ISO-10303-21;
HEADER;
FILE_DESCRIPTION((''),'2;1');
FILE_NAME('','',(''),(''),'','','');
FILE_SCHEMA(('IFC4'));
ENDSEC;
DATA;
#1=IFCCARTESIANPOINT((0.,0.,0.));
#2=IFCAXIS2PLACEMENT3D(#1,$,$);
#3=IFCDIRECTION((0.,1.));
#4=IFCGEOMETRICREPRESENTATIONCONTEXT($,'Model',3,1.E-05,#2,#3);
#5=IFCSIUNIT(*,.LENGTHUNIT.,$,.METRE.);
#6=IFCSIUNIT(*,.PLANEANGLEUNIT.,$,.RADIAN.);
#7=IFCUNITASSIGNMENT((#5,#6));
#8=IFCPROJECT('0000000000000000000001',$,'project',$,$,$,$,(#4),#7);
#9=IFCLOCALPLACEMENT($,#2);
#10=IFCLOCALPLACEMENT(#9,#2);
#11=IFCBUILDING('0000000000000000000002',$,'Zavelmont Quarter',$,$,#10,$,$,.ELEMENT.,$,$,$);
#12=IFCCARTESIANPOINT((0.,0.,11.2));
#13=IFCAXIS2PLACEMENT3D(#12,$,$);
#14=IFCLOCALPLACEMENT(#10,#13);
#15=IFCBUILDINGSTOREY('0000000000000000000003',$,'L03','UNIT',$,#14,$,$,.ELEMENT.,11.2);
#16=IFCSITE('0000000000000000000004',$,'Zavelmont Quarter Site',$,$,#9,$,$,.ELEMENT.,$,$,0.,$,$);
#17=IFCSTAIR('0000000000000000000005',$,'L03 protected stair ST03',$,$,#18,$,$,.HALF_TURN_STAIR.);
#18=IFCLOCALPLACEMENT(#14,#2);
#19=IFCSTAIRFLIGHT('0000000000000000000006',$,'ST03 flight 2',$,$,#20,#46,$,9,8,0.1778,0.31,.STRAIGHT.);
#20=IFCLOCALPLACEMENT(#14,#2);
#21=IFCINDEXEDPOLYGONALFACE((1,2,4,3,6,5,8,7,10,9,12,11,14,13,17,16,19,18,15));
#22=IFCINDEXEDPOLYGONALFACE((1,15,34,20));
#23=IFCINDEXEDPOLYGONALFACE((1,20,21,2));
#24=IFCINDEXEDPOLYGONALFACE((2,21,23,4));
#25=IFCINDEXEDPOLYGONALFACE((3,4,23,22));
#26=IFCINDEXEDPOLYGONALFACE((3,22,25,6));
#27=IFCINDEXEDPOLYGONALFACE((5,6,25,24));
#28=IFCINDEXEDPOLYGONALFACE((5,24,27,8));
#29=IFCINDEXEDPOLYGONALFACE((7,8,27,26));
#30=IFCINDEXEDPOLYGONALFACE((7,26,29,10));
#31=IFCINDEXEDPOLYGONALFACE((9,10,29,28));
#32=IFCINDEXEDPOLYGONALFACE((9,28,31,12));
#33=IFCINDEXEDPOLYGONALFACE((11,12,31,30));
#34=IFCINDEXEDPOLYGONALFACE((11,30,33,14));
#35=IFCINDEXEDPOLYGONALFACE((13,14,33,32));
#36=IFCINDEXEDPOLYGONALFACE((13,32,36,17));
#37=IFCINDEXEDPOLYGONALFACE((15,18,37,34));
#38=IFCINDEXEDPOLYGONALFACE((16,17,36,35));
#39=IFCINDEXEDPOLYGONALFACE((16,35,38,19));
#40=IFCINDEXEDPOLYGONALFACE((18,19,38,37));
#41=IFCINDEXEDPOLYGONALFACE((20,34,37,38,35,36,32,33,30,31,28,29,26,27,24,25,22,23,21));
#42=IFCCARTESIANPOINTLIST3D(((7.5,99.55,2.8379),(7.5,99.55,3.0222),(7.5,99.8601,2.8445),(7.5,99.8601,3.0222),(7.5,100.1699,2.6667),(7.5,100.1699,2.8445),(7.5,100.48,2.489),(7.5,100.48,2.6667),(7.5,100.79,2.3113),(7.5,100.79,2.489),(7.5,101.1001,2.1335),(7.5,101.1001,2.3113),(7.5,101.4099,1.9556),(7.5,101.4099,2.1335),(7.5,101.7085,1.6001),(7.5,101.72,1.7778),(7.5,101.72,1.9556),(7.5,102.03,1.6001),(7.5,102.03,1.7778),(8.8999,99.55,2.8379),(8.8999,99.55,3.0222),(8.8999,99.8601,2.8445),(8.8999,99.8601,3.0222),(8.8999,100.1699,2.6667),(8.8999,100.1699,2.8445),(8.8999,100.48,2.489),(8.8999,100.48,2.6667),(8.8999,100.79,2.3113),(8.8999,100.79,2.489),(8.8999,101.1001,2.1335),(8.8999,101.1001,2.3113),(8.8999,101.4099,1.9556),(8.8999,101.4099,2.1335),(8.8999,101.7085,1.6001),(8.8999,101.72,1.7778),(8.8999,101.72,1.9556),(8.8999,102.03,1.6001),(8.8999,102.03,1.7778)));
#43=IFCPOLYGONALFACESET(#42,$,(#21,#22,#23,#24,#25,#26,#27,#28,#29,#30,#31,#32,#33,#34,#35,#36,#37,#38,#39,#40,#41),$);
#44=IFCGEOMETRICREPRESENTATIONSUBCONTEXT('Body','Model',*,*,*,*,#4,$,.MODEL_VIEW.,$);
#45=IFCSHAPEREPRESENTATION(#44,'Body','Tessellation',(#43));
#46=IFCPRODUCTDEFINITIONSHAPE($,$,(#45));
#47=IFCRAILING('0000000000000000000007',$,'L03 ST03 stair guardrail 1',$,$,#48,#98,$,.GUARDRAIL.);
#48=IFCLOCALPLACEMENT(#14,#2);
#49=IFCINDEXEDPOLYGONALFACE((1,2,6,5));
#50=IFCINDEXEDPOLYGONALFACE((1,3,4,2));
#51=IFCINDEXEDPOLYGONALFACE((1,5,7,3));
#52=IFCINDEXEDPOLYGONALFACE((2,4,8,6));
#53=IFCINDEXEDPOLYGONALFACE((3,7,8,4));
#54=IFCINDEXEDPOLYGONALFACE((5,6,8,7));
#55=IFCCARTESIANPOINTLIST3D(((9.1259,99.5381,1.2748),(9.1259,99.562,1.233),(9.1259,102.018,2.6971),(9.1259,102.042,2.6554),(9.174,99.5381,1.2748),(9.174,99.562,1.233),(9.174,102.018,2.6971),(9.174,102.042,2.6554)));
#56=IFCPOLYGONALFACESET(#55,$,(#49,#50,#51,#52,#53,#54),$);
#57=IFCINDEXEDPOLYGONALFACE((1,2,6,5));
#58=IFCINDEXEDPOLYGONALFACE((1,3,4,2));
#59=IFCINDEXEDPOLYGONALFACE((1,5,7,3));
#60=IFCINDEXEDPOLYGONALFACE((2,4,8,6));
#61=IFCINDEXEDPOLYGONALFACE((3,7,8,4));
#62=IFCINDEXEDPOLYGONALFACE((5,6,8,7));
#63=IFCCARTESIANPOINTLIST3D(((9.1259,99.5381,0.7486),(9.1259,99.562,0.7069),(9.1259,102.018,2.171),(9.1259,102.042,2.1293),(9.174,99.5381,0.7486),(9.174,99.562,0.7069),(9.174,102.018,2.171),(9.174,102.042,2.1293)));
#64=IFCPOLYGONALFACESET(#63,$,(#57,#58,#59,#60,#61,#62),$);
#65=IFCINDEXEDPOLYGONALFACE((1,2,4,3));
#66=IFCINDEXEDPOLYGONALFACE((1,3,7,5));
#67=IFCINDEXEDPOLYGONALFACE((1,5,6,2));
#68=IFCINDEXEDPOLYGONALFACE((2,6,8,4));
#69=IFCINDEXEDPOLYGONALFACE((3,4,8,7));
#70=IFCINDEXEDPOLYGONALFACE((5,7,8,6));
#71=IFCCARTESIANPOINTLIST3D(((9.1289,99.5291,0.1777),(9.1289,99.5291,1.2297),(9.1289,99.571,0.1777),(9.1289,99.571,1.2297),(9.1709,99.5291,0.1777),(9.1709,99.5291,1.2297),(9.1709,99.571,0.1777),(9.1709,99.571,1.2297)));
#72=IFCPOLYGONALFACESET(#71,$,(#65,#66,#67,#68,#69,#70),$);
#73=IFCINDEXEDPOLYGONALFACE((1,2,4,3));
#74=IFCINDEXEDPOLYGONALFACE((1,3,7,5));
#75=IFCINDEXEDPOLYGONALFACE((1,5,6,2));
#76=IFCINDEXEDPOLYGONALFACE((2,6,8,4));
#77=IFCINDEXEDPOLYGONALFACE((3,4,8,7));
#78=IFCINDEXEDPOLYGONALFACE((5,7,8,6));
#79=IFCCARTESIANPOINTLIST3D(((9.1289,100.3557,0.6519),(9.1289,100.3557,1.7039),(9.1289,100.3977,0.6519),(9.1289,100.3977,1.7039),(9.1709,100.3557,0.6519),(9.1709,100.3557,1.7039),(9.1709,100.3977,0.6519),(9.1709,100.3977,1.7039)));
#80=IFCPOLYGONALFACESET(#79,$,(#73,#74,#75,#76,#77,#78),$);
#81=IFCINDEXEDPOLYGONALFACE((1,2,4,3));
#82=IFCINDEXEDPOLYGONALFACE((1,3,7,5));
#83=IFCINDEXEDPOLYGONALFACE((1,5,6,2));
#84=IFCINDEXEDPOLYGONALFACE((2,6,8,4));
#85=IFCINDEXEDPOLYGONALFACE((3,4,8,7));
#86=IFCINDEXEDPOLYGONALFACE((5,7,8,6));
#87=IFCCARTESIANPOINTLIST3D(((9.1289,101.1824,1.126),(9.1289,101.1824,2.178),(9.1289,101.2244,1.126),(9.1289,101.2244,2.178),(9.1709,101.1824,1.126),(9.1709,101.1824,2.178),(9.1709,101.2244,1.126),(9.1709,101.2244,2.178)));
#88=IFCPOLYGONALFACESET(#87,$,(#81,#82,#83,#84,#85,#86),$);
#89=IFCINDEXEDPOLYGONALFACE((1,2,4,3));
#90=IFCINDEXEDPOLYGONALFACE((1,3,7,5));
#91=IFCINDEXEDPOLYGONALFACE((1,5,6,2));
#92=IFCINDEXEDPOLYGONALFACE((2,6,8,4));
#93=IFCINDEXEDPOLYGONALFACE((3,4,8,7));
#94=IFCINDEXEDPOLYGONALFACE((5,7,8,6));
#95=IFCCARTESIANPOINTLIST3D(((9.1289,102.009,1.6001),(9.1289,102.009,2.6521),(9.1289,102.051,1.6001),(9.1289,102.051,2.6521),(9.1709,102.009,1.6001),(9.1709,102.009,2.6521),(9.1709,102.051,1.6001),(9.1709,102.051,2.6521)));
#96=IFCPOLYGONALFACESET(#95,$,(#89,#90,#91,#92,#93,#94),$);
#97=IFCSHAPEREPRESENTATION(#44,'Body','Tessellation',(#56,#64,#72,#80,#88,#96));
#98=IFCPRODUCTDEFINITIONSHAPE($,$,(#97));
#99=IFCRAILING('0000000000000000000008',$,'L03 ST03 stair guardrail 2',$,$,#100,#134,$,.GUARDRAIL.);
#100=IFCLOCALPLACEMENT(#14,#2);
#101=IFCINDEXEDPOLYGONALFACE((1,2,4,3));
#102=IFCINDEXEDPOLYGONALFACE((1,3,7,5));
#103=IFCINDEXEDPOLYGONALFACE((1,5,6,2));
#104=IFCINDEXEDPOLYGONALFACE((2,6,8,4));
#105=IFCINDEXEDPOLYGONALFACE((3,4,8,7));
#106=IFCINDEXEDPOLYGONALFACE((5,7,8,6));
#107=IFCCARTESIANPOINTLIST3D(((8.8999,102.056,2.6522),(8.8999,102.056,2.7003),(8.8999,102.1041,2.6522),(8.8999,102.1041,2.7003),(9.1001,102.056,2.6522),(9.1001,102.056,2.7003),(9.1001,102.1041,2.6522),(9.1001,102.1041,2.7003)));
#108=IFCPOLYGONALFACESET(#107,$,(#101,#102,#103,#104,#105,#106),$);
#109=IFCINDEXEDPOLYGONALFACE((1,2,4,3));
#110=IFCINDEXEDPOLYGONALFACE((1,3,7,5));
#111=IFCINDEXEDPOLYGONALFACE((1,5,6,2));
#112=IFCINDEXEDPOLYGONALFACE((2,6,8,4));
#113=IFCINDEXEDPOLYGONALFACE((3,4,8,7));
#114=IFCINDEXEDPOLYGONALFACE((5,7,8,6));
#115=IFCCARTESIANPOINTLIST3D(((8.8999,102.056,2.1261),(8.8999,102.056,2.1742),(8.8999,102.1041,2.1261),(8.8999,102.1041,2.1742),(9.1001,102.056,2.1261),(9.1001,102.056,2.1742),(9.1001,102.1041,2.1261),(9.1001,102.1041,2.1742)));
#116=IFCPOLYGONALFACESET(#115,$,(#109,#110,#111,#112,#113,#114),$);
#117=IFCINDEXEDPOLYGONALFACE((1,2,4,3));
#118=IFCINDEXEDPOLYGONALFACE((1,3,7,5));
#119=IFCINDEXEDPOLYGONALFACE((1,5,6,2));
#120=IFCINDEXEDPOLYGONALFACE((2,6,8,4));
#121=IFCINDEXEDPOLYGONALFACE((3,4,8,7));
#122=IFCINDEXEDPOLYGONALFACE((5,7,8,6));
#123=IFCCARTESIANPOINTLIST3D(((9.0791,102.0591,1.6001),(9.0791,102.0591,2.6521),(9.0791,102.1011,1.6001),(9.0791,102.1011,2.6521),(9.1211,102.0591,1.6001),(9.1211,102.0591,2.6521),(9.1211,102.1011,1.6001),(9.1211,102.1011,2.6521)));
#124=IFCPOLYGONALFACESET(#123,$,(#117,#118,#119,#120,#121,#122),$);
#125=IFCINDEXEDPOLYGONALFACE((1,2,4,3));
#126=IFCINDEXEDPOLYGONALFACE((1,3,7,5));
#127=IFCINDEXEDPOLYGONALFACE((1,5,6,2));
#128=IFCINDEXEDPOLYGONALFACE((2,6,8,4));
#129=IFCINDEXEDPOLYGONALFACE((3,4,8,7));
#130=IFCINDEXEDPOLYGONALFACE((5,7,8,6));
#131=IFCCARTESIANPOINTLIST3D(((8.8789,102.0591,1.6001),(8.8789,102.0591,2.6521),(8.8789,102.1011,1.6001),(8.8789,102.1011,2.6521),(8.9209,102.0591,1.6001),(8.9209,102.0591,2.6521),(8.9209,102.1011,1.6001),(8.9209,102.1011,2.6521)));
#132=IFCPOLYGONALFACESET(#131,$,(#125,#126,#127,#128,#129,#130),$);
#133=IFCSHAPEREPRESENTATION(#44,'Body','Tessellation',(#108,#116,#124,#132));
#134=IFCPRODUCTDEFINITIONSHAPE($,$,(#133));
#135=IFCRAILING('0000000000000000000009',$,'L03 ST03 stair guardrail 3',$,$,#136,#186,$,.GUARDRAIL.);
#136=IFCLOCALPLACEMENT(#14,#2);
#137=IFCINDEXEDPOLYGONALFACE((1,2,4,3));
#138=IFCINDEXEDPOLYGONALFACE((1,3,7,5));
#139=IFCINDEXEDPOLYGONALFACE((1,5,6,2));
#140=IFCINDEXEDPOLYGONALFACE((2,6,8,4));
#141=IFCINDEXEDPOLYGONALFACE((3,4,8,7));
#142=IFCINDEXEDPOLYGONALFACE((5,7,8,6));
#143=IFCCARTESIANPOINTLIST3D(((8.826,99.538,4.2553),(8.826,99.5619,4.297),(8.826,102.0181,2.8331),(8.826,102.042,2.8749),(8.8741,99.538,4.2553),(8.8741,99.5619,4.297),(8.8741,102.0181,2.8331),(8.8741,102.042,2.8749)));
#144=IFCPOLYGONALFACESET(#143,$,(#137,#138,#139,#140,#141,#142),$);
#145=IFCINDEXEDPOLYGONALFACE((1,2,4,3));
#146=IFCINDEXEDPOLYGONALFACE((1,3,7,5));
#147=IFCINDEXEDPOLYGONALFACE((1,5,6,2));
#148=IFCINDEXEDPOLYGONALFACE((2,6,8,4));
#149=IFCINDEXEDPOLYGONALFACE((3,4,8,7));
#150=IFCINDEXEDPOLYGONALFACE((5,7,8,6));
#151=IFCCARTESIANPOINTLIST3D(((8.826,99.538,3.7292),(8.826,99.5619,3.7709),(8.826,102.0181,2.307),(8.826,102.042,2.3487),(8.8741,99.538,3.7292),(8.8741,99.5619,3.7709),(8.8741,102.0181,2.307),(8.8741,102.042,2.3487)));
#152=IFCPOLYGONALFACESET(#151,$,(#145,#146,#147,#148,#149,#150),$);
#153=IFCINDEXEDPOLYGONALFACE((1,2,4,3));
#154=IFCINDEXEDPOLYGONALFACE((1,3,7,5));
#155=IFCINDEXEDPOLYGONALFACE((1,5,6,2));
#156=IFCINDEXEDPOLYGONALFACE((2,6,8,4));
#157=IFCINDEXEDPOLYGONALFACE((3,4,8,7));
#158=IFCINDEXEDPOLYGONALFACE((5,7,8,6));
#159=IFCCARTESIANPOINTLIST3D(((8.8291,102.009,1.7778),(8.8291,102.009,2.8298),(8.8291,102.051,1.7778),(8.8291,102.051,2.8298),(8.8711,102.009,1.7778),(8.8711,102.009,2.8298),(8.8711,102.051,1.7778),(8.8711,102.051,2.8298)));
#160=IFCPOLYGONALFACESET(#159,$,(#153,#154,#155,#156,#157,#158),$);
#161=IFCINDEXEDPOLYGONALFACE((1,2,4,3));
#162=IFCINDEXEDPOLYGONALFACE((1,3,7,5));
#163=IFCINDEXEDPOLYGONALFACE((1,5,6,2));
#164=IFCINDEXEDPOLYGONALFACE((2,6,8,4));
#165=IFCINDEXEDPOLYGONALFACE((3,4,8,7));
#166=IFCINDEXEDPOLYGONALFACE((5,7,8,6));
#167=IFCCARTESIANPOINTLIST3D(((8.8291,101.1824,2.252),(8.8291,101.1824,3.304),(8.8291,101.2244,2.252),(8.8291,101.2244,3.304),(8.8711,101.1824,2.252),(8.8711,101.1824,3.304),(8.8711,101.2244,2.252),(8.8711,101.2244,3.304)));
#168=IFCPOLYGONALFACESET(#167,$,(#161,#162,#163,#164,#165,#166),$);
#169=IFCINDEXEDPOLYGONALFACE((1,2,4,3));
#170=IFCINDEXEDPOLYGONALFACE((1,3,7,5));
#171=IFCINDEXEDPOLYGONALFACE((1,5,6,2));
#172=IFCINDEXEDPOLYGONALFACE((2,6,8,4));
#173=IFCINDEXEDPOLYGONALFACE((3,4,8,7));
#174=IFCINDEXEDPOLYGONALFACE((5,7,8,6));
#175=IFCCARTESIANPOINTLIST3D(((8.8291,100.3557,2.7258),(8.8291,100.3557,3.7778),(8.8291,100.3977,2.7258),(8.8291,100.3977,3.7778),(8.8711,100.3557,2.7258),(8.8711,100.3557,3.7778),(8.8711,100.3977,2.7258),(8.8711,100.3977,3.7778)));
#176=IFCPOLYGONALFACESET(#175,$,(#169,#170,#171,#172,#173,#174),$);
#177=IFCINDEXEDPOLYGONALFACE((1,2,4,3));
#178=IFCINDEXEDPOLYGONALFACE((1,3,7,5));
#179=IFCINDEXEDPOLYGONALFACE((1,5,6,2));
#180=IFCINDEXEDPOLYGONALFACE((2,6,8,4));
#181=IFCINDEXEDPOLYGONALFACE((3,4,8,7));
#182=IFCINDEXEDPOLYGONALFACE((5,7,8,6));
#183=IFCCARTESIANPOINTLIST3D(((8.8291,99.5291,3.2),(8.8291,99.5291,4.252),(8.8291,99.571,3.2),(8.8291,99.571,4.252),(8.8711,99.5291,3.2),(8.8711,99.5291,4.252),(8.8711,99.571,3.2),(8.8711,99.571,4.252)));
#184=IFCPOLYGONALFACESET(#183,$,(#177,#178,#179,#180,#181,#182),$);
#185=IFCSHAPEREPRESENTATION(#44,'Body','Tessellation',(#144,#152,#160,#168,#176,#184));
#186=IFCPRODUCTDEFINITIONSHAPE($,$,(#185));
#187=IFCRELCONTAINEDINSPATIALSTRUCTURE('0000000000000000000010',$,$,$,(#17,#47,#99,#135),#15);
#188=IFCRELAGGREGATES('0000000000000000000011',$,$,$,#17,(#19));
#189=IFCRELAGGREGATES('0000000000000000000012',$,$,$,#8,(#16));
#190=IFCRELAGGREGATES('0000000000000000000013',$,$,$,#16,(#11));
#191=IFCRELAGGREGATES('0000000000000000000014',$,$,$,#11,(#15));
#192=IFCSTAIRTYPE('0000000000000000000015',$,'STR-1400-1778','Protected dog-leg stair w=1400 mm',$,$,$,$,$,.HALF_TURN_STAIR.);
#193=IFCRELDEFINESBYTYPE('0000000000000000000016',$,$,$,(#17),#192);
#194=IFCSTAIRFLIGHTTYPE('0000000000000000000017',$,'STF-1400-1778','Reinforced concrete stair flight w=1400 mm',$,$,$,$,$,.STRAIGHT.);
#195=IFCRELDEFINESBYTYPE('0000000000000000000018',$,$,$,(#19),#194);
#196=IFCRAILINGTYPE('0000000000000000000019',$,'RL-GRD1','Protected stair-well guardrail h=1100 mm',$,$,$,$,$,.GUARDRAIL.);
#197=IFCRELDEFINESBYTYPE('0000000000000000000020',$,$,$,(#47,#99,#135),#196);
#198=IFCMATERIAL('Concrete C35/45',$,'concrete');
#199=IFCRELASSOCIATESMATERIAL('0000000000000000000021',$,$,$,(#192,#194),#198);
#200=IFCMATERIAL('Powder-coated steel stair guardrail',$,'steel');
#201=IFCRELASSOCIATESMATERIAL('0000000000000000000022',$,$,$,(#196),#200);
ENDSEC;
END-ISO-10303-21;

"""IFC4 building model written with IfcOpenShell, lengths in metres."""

from ifc_helpers import new_model, si_unit, direction, frame, origin, origin_2d, place, context, subcontext, project, spatial, polyline, rectangle, outline, extrude, material, type_object, element, aggregate, save


model = new_model("IFC4")

# Units and contexts
model_context = context("Model", 3, precision=1e-05, world=origin(), true_north=direction((0.0, 1.0)))
body_context = subcontext(model_context, "Body", "Model", "MODEL_VIEW")
ifc_project = project(units=[si_unit("LENGTHUNIT", "METRE"), si_unit("PLANEANGLEUNIT", "RADIAN")], contexts=[model_context])

# Site, building, storey
site_placement = place(None, origin())
site = spatial("IfcSite", under=ifc_project, at=site_placement, Name="Zavelmont Quarter Site", CompositionType="ELEMENT", RefElevation=0.0)
building_placement = place(site_placement, origin())
building = spatial("IfcBuilding", under=site, at=building_placement, Name="Zavelmont Quarter", CompositionType="ELEMENT")
storey_placement = place(building_placement, frame((0.0, 0.0, 11.2)))
storey = spatial("IfcBuildingStorey", under=building, at=storey_placement, Name="L03", Description="UNIT", CompositionType="ELEMENT", Elevation=11.2)

# Shared definitions
ifc_material_1 = material(Name="Concrete C35/45", Category="concrete")

# Stair, stair flight
stair_type = type_object("IfcStairType", Name="STR-1400-1778", Description="Protected dog-leg stair w=1400 mm", PredefinedType="HALF_TURN_STAIR", material=ifc_material_1)
stair_placement = place(storey_placement, origin())
stair = element("IfcStair", 1, at=stair_placement, inside=storey, type_object=stair_type, Name="L03 protected stair ST03", PredefinedType="HALF_TURN_STAIR")
stair_flight_type = type_object("IfcStairFlightType", Name="STF-1400-1778", Description="Reinforced concrete stair flight w=1400 mm", PredefinedType="STRAIGHT", material=ifc_material_1)
stair_flight_1_placement = place(storey_placement, frame((8.2, 102.03, 1.6001), z_axis=(0.0, 0.0, 1.0), x_axis=(0.0, -1.0, 0.0)))
stair_flight_1 = element("IfcStairFlight", 2, at=stair_flight_1_placement, type_object=stair_flight_type, Name="ST03 flight 2", NumberOfRisers=9, NumberOfTreads=8, PredefinedType="STRAIGHT", RiserHeight=0.1778, TreadLength=0.31, context=body_context, shape_type="SweptSolid", body=[
    extrude(outline(polyline([(0.0, 0.0), (0.0, 0.1777), (0.3101, 0.1777), (0.3101, 0.3555), (0.6201, 0.3555), (0.6201, 0.5334), (0.9299, 0.5334), (0.9299, 0.7112), (1.24, 0.7112), (1.24, 0.8889), (1.55, 0.8889), (1.55, 1.0667), (1.8601, 1.0667), (1.8601, 1.2444), (2.1699, 1.2444), (2.1699, 1.4221), (2.48, 1.4221), (2.48, 1.6001), (2.48, 1.2378), (0.3215, 0.0), (0.0, 0.0)])), frame((0.0, 0.7, 0.0), z_axis=(0.0, -1.0, 0.0), x_axis=(1.0, 0.0, 0.0)), (0.0, 0.0, 1.0), 1.3999),
])
aggregate(stair, [stair_flight_1])

# Railings
ifc_material_2 = material(Name="Powder-coated steel stair guardrail", Category="steel")
railing_type_1 = type_object("IfcRailingType", Name="RL-GRD1", Description="Protected stair-well guardrail h=1100 mm", PredefinedType="GUARDRAIL", material=ifc_material_2)
railing_1_placement = place(storey_placement, frame((9.1499, 99.55, 0.1777)))
element("IfcRailing", 3, at=railing_1_placement, inside=storey, type_object=railing_type_1, Name="L03 ST03 stair guardrail 1", PredefinedType="GUARDRAIL", context=body_context, shape_type="SweptSolid", body=[
    extrude(rectangle(XDim=0.0481, YDim=0.0481, at=origin_2d()), frame((0.0, 0.0, 1.0762), z_axis=(0.0, 0.867454, 0.497518), x_axis=(-1.0, 0.0, 0.0)), (0.0, 0.0, 1.0), 2.8589),
    extrude(rectangle(XDim=0.0481, YDim=0.0481, at=origin_2d()), frame((0.0, 0.0, 0.55), z_axis=(0.0, 0.867454, 0.497518), x_axis=(-1.0, 0.0, 0.0)), (0.0, 0.0, 1.0), 2.8589),
    extrude(rectangle(XDim=0.042, YDim=0.042, at=origin_2d()), origin(), (0.0, 0.0, 1.0), 1.052),
    extrude(rectangle(XDim=0.042, YDim=0.042, at=origin_2d()), frame((0.0, 0.8267, 0.4741)), (0.0, 0.0, 1.0), 1.052),
    extrude(rectangle(XDim=0.042, YDim=0.042, at=origin_2d()), frame((0.0, 1.6533, 0.9482)), (0.0, 0.0, 1.0), 1.052),
    extrude(rectangle(XDim=0.042, YDim=0.042, at=origin_2d()), frame((0.0, 2.48, 1.4224)), (0.0, 0.0, 1.0), 1.052),
])
railing_2_placement = place(storey_placement, frame((9.1001, 102.0801, 1.6001)))
element("IfcRailing", 4, at=railing_2_placement, inside=storey, type_object=railing_type_1, Name="L03 ST03 stair guardrail 2", PredefinedType="GUARDRAIL", context=body_context, shape_type="SweptSolid", body=[
    extrude(rectangle(XDim=0.0481, YDim=0.0481, at=origin_2d()), frame((0.0, 0.0, 1.0762), z_axis=(-1.0, 0.0, 0.0), x_axis=(0.0, -1.0, 0.0)), (0.0, 0.0, 1.0), 0.2002),
    extrude(rectangle(XDim=0.0481, YDim=0.0481, at=origin_2d()), frame((0.0, 0.0, 0.55), z_axis=(-1.0, 0.0, 0.0), x_axis=(0.0, -1.0, 0.0)), (0.0, 0.0, 1.0), 0.2002),
    extrude(rectangle(XDim=0.042, YDim=0.042, at=origin_2d()), origin(), (0.0, 0.0, 1.0), 1.052),
    extrude(rectangle(XDim=0.042, YDim=0.042, at=origin_2d()), frame((-0.2002, 0.0, 0.0)), (0.0, 0.0, 1.0), 1.052),
])
railing_3_placement = place(storey_placement, frame((8.8501, 102.03, 1.7778)))
element("IfcRailing", 5, at=railing_3_placement, inside=storey, type_object=railing_type_1, Name="L03 ST03 stair guardrail 3", PredefinedType="GUARDRAIL", context=body_context, shape_type="SweptSolid", body=[
    extrude(rectangle(XDim=0.0481, YDim=0.0481, at=origin_2d()), frame((0.0, 0.0, 1.0762), z_axis=(0.0, -0.867491, 0.497454), x_axis=(1.0, 0.0, 0.0)), (0.0, 0.0, 1.0), 2.8589),
    extrude(rectangle(XDim=0.0481, YDim=0.0481, at=origin_2d()), frame((0.0, 0.0, 0.55), z_axis=(0.0, -0.867491, 0.497454), x_axis=(1.0, 0.0, 0.0)), (0.0, 0.0, 1.0), 2.8589),
    extrude(rectangle(XDim=0.042, YDim=0.042, at=origin_2d()), origin(), (0.0, 0.0, 1.0), 1.052),
    extrude(rectangle(XDim=0.042, YDim=0.042, at=origin_2d()), frame((0.0, -0.8267, 0.4741)), (0.0, 0.0, 1.0), 1.052),
    extrude(rectangle(XDim=0.042, YDim=0.042, at=origin_2d()), frame((0.0, -1.6533, 0.948)), (0.0, 0.0, 1.0), 1.052),
    extrude(rectangle(XDim=0.042, YDim=0.042, at=origin_2d()), frame((0.0, -2.48, 1.4221)), (0.0, 0.0, 1.0), 1.052),
])

save(model, "model.ifc")
